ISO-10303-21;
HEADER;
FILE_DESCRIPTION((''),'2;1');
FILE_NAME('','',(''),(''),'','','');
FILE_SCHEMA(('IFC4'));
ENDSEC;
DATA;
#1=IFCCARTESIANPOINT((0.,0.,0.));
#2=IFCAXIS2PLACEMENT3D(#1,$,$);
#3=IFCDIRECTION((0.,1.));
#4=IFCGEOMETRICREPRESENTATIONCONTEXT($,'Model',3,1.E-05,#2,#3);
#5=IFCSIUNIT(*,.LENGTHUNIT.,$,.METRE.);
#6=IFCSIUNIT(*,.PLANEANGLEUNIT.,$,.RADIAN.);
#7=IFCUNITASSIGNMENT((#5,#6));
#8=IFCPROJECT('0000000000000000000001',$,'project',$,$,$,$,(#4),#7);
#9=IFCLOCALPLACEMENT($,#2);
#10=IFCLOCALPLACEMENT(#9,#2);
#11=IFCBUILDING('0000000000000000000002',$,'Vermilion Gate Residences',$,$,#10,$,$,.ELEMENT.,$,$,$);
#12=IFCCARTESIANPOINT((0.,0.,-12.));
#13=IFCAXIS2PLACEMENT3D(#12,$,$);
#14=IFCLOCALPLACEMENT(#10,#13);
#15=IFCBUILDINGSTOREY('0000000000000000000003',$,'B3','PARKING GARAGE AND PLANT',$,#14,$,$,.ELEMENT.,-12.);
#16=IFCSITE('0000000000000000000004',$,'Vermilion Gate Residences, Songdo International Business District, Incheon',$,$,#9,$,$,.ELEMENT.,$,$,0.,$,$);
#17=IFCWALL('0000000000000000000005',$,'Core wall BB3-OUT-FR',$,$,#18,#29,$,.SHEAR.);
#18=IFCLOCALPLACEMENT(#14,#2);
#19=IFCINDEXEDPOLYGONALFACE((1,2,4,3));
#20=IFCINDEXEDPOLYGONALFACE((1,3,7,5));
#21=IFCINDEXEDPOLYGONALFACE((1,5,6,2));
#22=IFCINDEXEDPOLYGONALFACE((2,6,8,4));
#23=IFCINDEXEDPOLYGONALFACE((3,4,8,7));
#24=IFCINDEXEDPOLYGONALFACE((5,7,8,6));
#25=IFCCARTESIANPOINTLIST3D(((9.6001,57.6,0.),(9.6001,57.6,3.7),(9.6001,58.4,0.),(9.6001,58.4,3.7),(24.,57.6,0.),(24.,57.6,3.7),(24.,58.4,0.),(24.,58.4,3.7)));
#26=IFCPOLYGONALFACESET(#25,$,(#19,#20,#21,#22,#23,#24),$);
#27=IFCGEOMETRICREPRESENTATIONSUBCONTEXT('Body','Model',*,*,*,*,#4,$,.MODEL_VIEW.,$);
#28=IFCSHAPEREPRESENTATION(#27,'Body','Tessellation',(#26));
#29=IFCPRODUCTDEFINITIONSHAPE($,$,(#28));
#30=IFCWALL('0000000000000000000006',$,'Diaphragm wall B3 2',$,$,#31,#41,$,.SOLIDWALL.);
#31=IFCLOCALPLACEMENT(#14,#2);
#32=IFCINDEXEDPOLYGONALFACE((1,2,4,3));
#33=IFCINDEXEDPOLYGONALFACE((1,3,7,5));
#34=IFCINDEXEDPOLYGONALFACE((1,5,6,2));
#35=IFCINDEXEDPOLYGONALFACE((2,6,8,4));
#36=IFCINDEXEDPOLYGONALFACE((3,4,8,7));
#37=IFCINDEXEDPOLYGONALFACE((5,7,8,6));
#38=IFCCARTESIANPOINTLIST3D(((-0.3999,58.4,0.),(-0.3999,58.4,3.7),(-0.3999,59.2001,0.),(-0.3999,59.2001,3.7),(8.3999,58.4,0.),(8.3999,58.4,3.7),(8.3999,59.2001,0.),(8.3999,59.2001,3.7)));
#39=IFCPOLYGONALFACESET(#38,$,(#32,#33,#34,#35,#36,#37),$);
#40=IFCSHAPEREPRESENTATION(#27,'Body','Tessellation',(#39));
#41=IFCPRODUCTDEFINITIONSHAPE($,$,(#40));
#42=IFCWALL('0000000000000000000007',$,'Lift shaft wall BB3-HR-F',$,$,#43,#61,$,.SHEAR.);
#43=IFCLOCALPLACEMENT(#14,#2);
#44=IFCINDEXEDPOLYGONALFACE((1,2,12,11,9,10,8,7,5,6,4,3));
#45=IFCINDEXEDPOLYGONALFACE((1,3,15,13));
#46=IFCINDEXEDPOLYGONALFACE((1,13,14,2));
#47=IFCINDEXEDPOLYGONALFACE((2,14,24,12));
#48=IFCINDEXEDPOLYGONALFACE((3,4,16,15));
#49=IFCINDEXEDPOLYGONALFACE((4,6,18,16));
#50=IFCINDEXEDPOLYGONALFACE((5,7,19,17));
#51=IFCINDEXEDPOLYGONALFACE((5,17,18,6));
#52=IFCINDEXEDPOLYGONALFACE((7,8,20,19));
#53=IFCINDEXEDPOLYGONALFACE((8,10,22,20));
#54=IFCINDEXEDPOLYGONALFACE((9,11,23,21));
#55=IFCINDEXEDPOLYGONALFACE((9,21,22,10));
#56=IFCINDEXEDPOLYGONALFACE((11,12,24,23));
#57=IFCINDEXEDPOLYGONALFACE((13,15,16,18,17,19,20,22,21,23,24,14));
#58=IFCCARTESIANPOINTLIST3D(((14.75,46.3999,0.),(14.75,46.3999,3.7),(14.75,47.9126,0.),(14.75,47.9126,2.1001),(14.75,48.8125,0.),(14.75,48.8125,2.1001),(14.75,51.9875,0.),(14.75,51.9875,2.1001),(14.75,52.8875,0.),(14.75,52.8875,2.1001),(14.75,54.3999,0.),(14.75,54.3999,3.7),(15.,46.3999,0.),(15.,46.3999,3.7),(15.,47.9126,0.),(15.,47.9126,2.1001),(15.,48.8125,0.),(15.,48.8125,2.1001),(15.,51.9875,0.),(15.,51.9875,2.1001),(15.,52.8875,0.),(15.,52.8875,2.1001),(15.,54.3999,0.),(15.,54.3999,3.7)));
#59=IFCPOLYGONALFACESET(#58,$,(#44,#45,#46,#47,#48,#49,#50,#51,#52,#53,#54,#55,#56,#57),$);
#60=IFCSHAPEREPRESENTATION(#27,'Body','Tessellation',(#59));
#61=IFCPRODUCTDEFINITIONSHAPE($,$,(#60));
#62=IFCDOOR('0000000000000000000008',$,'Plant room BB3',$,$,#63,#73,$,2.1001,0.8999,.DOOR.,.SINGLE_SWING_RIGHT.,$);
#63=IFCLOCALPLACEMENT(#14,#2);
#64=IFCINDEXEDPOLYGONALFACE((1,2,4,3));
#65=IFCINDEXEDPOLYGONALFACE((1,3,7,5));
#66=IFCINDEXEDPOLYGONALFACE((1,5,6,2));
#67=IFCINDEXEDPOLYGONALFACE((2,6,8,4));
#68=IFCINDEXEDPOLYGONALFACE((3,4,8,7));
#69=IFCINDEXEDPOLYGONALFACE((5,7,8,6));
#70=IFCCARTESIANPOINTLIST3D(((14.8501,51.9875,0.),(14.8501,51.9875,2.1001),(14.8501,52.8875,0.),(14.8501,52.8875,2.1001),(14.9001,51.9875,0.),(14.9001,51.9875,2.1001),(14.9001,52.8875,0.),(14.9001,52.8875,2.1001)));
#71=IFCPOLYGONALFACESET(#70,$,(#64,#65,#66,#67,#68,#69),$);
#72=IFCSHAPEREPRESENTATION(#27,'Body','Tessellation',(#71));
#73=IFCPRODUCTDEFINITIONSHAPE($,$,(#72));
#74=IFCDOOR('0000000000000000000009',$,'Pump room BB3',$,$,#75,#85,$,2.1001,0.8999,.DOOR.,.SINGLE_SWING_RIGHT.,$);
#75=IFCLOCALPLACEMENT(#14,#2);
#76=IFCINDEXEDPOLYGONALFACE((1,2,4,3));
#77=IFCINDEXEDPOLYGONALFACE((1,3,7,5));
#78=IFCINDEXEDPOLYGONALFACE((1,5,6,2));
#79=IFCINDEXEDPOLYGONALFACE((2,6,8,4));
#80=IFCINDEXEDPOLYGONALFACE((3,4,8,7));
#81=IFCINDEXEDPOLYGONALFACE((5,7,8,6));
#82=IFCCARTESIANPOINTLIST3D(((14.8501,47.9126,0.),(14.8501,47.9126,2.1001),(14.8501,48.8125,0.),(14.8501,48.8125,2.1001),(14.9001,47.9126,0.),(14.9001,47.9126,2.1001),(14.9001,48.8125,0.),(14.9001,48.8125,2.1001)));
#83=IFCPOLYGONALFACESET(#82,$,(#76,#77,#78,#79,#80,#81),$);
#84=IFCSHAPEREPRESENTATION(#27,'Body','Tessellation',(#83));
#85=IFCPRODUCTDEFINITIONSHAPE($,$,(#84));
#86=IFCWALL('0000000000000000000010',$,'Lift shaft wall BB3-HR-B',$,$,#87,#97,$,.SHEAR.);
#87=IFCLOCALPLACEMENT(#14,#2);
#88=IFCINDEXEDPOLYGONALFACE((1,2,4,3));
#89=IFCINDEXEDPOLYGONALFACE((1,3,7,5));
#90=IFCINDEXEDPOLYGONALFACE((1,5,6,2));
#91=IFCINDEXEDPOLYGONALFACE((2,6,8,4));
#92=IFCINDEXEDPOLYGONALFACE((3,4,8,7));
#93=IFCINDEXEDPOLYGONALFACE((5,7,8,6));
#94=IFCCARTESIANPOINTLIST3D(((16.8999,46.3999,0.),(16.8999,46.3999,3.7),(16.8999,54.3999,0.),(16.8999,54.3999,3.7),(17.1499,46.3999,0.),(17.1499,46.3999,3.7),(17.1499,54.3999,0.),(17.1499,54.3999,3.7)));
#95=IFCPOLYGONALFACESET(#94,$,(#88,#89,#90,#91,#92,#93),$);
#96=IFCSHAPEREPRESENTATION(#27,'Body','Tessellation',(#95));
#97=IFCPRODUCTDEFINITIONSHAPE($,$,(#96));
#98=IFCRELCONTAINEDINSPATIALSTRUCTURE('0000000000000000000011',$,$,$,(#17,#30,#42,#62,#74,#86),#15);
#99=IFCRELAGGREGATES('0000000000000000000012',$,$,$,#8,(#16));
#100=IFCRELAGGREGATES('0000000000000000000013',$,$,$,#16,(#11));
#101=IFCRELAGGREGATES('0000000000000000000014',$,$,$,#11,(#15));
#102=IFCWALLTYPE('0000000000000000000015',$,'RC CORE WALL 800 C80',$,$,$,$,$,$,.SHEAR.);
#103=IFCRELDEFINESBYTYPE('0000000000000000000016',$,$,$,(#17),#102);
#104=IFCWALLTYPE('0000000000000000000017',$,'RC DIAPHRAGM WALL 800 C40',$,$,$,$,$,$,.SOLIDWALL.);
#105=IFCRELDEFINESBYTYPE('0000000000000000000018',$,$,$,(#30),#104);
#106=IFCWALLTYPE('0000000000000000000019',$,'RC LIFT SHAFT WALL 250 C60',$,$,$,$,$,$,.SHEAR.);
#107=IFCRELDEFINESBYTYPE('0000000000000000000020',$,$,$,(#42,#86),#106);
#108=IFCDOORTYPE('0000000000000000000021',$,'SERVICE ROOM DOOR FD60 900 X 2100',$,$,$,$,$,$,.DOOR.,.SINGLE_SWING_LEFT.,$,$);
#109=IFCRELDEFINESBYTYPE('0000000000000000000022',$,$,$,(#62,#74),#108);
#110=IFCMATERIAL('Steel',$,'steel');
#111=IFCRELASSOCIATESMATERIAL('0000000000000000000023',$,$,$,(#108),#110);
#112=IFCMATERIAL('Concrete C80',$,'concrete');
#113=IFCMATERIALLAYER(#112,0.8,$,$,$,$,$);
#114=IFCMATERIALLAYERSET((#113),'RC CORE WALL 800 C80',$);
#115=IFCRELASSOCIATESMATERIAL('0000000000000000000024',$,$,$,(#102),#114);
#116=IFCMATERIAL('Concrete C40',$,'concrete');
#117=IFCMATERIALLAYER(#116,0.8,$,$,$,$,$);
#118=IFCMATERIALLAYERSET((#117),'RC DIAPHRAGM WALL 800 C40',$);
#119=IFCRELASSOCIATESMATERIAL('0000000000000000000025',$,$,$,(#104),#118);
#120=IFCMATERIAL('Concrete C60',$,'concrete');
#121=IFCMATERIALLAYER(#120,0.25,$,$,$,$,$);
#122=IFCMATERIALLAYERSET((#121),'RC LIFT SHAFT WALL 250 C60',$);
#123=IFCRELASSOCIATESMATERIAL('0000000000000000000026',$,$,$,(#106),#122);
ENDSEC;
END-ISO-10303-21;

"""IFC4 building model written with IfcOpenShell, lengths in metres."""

from ifc_helpers import new_model, si_unit, direction, frame, frame_2d, origin, place, context, subcontext, project, spatial, rectangle, extrude, material, layer, layer_set, type_object, element, fill, save


model = new_model("IFC4")

# Units and contexts
model_context = context("Model", 3, precision=1e-05, world=origin(), true_north=direction((0.0, 1.0)))
body_context = subcontext(model_context, "Body", "Model", "MODEL_VIEW")
ifc_project = project(units=[si_unit("LENGTHUNIT", "METRE"), si_unit("PLANEANGLEUNIT", "RADIAN")], contexts=[model_context])

# Site, building, storey
site_placement = place(None, origin())
site = spatial("IfcSite", under=ifc_project, at=site_placement, Name="Vermilion Gate Residences, Songdo International Business District, Incheon", CompositionType="ELEMENT", RefElevation=0.0)
building_placement = place(site_placement, origin())
building = spatial("IfcBuilding", under=site, at=building_placement, Name="Vermilion Gate Residences", CompositionType="ELEMENT")
storey_placement = place(building_placement, frame((0.0, 0.0, -12.0)))
storey = spatial("IfcBuildingStorey", under=building, at=storey_placement, Name="B3", Description="PARKING GARAGE AND PLANT", CompositionType="ELEMENT", Elevation=-12.0)

# Shared definitions
ifc_material_1 = material(Name="Steel", Category="steel")
door_type_1 = type_object("IfcDoorType", Name="SERVICE ROOM DOOR FD60 900 X 2100", OperationType="SINGLE_SWING_LEFT", PredefinedType="DOOR", material=ifc_material_1)

# Walls
ifc_material_2 = material(Name="Concrete C80", Category="concrete")
ifc_layer_1 = layer(ifc_material_2, 0.8)
ifc_layer_set_1 = layer_set([ifc_layer_1], Name="RC CORE WALL 800 C80")
wall_type_1 = type_object("IfcWallType", Name="RC CORE WALL 800 C80", PredefinedType="SHEAR", material=ifc_layer_set_1)
wall_1_placement = place(storey_placement, frame((9.6001, 58.0, 0.0), z_axis=(0.0, 0.0, 1.0), x_axis=(1.0, 0.0, 0.0)))
element("IfcWall", 1, at=wall_1_placement, inside=storey, type_object=wall_type_1, Name="Core wall BB3-OUT-FR", PredefinedType="SHEAR", context=body_context, shape_type="SweptSolid", body=[
    extrude(rectangle(XDim=14.3999, YDim=0.8, at=frame_2d((7.2, 0.0))), origin(), (0.0, 0.0, 1.0), 3.7),
])
ifc_material_3 = material(Name="Concrete C40", Category="concrete")
ifc_layer_2 = layer(ifc_material_3, 0.8)
ifc_layer_set_2 = layer_set([ifc_layer_2], Name="RC DIAPHRAGM WALL 800 C40")
wall_type_2 = type_object("IfcWallType", Name="RC DIAPHRAGM WALL 800 C40", PredefinedType="SOLIDWALL", material=ifc_layer_set_2)
wall_2_placement = place(storey_placement, frame((-0.3999, 58.8, 0.0), z_axis=(0.0, 0.0, 1.0), x_axis=(1.0, 0.0, 0.0)))
element("IfcWall", 2, at=wall_2_placement, inside=storey, type_object=wall_type_2, Name="Diaphragm wall B3 2", PredefinedType="SOLIDWALL", context=body_context, shape_type="SweptSolid", body=[
    extrude(rectangle(XDim=8.7998, YDim=0.8, at=frame_2d((4.3999, 0.0))), origin(), (0.0, 0.0, 1.0), 3.7),
])

# Wall, openings, doors
ifc_material_4 = material(Name="Concrete C60", Category="concrete")
ifc_layer_3 = layer(ifc_material_4, 0.25)
ifc_layer_set_3 = layer_set([ifc_layer_3], Name="RC LIFT SHAFT WALL 250 C60")
wall_type_3 = type_object("IfcWallType", Name="RC LIFT SHAFT WALL 250 C60", PredefinedType="SHEAR", material=ifc_layer_set_3)
wall_3_placement = place(storey_placement, frame((14.875, 54.3999, 0.0), z_axis=(0.0, 0.0, 1.0), x_axis=(0.0, -1.0, 0.0)))
wall_3 = element("IfcWall", 3, at=wall_3_placement, inside=storey, type_object=wall_type_3, Name="Lift shaft wall BB3-HR-F", PredefinedType="SHEAR", context=body_context, shape_type="SweptSolid", body=[
    extrude(rectangle(XDim=8.0, YDim=0.25, at=frame_2d((4.0, 0.0))), origin(), (0.0, 0.0, 1.0), 3.7),
])
opening_1_placement = place(wall_3_placement, frame((1.5125, 0.0, 0.0)))
opening_1 = element("IfcOpeningElement", 4, at=opening_1_placement, cuts=wall_3, PredefinedType="OPENING", context=body_context, shape_type="SweptSolid", body=[
    extrude(rectangle(XDim=0.8999, YDim=2.1001, at=frame_2d((0.45, 1.05))), frame((0.0, 0.135, 0.0), z_axis=(0.0, -1.0, 0.0), x_axis=(1.0, 0.0, 0.0)), (0.0, 0.0, 1.0), 0.27),
])
opening_2_placement = place(wall_3_placement, frame((5.5874, 0.0, 0.0)))
opening_2 = element("IfcOpeningElement", 5, at=opening_2_placement, cuts=wall_3, PredefinedType="OPENING", context=body_context, shape_type="SweptSolid", body=[
    extrude(rectangle(XDim=0.8999, YDim=2.1001, at=frame_2d((0.45, 1.05))), frame((0.0, 0.135, 0.0), z_axis=(0.0, -1.0, 0.0), x_axis=(1.0, 0.0, 0.0)), (0.0, 0.0, 1.0), 0.27),
])
door_1_placement = place(opening_1_placement, frame((0.8999, 0.0, 0.0), z_axis=(0.0, 0.0, 1.0), x_axis=(-1.0, 0.0, 0.0)))
door_1 = element("IfcDoor", 6, at=door_1_placement, inside=storey, type_object=door_type_1, Name="Plant room BB3", OperationType="SINGLE_SWING_RIGHT", OverallHeight=2.1001, OverallWidth=0.8999, PredefinedType="DOOR", context=body_context, shape_type="SweptSolid", body=[
    extrude(rectangle(XDim=0.8999, YDim=2.1001, at=frame_2d((0.45, 1.05))), frame((0.0, 0.0249, 0.0), z_axis=(0.0, -1.0, 0.0), x_axis=(1.0, 0.0, 0.0)), (0.0, 0.0, 1.0), 0.05),
])
fill(opening_1, door_1)
door_2_placement = place(opening_2_placement, frame((0.8999, 0.0, 0.0), z_axis=(0.0, 0.0, 1.0), x_axis=(-1.0, 0.0, 0.0)))
door_2 = element("IfcDoor", 7, at=door_2_placement, inside=storey, type_object=door_type_1, Name="Pump room BB3", OperationType="SINGLE_SWING_RIGHT", OverallHeight=2.1001, OverallWidth=0.8999, PredefinedType="DOOR", context=body_context, shape_type="SweptSolid", body=[
    extrude(rectangle(XDim=0.8999, YDim=2.1001, at=frame_2d((0.45, 1.05))), frame((0.0, 0.0249, 0.0), z_axis=(0.0, -1.0, 0.0), x_axis=(1.0, 0.0, 0.0)), (0.0, 0.0, 1.0), 0.05),
])
fill(opening_2, door_2)

# Wall
wall_4_placement = place(storey_placement, frame((17.0249, 54.3999, 0.0), z_axis=(0.0, 0.0, 1.0), x_axis=(0.0, -1.0, 0.0)))
element("IfcWall", 8, at=wall_4_placement, inside=storey, type_object=wall_type_3, Name="Lift shaft wall BB3-HR-B", PredefinedType="SHEAR", context=body_context, shape_type="SweptSolid", body=[
    extrude(rectangle(XDim=8.0, YDim=0.25, at=frame_2d((4.0, 0.0))), origin(), (0.0, 0.0, 1.0), 3.7),
])

save(model, "model.ifc")
